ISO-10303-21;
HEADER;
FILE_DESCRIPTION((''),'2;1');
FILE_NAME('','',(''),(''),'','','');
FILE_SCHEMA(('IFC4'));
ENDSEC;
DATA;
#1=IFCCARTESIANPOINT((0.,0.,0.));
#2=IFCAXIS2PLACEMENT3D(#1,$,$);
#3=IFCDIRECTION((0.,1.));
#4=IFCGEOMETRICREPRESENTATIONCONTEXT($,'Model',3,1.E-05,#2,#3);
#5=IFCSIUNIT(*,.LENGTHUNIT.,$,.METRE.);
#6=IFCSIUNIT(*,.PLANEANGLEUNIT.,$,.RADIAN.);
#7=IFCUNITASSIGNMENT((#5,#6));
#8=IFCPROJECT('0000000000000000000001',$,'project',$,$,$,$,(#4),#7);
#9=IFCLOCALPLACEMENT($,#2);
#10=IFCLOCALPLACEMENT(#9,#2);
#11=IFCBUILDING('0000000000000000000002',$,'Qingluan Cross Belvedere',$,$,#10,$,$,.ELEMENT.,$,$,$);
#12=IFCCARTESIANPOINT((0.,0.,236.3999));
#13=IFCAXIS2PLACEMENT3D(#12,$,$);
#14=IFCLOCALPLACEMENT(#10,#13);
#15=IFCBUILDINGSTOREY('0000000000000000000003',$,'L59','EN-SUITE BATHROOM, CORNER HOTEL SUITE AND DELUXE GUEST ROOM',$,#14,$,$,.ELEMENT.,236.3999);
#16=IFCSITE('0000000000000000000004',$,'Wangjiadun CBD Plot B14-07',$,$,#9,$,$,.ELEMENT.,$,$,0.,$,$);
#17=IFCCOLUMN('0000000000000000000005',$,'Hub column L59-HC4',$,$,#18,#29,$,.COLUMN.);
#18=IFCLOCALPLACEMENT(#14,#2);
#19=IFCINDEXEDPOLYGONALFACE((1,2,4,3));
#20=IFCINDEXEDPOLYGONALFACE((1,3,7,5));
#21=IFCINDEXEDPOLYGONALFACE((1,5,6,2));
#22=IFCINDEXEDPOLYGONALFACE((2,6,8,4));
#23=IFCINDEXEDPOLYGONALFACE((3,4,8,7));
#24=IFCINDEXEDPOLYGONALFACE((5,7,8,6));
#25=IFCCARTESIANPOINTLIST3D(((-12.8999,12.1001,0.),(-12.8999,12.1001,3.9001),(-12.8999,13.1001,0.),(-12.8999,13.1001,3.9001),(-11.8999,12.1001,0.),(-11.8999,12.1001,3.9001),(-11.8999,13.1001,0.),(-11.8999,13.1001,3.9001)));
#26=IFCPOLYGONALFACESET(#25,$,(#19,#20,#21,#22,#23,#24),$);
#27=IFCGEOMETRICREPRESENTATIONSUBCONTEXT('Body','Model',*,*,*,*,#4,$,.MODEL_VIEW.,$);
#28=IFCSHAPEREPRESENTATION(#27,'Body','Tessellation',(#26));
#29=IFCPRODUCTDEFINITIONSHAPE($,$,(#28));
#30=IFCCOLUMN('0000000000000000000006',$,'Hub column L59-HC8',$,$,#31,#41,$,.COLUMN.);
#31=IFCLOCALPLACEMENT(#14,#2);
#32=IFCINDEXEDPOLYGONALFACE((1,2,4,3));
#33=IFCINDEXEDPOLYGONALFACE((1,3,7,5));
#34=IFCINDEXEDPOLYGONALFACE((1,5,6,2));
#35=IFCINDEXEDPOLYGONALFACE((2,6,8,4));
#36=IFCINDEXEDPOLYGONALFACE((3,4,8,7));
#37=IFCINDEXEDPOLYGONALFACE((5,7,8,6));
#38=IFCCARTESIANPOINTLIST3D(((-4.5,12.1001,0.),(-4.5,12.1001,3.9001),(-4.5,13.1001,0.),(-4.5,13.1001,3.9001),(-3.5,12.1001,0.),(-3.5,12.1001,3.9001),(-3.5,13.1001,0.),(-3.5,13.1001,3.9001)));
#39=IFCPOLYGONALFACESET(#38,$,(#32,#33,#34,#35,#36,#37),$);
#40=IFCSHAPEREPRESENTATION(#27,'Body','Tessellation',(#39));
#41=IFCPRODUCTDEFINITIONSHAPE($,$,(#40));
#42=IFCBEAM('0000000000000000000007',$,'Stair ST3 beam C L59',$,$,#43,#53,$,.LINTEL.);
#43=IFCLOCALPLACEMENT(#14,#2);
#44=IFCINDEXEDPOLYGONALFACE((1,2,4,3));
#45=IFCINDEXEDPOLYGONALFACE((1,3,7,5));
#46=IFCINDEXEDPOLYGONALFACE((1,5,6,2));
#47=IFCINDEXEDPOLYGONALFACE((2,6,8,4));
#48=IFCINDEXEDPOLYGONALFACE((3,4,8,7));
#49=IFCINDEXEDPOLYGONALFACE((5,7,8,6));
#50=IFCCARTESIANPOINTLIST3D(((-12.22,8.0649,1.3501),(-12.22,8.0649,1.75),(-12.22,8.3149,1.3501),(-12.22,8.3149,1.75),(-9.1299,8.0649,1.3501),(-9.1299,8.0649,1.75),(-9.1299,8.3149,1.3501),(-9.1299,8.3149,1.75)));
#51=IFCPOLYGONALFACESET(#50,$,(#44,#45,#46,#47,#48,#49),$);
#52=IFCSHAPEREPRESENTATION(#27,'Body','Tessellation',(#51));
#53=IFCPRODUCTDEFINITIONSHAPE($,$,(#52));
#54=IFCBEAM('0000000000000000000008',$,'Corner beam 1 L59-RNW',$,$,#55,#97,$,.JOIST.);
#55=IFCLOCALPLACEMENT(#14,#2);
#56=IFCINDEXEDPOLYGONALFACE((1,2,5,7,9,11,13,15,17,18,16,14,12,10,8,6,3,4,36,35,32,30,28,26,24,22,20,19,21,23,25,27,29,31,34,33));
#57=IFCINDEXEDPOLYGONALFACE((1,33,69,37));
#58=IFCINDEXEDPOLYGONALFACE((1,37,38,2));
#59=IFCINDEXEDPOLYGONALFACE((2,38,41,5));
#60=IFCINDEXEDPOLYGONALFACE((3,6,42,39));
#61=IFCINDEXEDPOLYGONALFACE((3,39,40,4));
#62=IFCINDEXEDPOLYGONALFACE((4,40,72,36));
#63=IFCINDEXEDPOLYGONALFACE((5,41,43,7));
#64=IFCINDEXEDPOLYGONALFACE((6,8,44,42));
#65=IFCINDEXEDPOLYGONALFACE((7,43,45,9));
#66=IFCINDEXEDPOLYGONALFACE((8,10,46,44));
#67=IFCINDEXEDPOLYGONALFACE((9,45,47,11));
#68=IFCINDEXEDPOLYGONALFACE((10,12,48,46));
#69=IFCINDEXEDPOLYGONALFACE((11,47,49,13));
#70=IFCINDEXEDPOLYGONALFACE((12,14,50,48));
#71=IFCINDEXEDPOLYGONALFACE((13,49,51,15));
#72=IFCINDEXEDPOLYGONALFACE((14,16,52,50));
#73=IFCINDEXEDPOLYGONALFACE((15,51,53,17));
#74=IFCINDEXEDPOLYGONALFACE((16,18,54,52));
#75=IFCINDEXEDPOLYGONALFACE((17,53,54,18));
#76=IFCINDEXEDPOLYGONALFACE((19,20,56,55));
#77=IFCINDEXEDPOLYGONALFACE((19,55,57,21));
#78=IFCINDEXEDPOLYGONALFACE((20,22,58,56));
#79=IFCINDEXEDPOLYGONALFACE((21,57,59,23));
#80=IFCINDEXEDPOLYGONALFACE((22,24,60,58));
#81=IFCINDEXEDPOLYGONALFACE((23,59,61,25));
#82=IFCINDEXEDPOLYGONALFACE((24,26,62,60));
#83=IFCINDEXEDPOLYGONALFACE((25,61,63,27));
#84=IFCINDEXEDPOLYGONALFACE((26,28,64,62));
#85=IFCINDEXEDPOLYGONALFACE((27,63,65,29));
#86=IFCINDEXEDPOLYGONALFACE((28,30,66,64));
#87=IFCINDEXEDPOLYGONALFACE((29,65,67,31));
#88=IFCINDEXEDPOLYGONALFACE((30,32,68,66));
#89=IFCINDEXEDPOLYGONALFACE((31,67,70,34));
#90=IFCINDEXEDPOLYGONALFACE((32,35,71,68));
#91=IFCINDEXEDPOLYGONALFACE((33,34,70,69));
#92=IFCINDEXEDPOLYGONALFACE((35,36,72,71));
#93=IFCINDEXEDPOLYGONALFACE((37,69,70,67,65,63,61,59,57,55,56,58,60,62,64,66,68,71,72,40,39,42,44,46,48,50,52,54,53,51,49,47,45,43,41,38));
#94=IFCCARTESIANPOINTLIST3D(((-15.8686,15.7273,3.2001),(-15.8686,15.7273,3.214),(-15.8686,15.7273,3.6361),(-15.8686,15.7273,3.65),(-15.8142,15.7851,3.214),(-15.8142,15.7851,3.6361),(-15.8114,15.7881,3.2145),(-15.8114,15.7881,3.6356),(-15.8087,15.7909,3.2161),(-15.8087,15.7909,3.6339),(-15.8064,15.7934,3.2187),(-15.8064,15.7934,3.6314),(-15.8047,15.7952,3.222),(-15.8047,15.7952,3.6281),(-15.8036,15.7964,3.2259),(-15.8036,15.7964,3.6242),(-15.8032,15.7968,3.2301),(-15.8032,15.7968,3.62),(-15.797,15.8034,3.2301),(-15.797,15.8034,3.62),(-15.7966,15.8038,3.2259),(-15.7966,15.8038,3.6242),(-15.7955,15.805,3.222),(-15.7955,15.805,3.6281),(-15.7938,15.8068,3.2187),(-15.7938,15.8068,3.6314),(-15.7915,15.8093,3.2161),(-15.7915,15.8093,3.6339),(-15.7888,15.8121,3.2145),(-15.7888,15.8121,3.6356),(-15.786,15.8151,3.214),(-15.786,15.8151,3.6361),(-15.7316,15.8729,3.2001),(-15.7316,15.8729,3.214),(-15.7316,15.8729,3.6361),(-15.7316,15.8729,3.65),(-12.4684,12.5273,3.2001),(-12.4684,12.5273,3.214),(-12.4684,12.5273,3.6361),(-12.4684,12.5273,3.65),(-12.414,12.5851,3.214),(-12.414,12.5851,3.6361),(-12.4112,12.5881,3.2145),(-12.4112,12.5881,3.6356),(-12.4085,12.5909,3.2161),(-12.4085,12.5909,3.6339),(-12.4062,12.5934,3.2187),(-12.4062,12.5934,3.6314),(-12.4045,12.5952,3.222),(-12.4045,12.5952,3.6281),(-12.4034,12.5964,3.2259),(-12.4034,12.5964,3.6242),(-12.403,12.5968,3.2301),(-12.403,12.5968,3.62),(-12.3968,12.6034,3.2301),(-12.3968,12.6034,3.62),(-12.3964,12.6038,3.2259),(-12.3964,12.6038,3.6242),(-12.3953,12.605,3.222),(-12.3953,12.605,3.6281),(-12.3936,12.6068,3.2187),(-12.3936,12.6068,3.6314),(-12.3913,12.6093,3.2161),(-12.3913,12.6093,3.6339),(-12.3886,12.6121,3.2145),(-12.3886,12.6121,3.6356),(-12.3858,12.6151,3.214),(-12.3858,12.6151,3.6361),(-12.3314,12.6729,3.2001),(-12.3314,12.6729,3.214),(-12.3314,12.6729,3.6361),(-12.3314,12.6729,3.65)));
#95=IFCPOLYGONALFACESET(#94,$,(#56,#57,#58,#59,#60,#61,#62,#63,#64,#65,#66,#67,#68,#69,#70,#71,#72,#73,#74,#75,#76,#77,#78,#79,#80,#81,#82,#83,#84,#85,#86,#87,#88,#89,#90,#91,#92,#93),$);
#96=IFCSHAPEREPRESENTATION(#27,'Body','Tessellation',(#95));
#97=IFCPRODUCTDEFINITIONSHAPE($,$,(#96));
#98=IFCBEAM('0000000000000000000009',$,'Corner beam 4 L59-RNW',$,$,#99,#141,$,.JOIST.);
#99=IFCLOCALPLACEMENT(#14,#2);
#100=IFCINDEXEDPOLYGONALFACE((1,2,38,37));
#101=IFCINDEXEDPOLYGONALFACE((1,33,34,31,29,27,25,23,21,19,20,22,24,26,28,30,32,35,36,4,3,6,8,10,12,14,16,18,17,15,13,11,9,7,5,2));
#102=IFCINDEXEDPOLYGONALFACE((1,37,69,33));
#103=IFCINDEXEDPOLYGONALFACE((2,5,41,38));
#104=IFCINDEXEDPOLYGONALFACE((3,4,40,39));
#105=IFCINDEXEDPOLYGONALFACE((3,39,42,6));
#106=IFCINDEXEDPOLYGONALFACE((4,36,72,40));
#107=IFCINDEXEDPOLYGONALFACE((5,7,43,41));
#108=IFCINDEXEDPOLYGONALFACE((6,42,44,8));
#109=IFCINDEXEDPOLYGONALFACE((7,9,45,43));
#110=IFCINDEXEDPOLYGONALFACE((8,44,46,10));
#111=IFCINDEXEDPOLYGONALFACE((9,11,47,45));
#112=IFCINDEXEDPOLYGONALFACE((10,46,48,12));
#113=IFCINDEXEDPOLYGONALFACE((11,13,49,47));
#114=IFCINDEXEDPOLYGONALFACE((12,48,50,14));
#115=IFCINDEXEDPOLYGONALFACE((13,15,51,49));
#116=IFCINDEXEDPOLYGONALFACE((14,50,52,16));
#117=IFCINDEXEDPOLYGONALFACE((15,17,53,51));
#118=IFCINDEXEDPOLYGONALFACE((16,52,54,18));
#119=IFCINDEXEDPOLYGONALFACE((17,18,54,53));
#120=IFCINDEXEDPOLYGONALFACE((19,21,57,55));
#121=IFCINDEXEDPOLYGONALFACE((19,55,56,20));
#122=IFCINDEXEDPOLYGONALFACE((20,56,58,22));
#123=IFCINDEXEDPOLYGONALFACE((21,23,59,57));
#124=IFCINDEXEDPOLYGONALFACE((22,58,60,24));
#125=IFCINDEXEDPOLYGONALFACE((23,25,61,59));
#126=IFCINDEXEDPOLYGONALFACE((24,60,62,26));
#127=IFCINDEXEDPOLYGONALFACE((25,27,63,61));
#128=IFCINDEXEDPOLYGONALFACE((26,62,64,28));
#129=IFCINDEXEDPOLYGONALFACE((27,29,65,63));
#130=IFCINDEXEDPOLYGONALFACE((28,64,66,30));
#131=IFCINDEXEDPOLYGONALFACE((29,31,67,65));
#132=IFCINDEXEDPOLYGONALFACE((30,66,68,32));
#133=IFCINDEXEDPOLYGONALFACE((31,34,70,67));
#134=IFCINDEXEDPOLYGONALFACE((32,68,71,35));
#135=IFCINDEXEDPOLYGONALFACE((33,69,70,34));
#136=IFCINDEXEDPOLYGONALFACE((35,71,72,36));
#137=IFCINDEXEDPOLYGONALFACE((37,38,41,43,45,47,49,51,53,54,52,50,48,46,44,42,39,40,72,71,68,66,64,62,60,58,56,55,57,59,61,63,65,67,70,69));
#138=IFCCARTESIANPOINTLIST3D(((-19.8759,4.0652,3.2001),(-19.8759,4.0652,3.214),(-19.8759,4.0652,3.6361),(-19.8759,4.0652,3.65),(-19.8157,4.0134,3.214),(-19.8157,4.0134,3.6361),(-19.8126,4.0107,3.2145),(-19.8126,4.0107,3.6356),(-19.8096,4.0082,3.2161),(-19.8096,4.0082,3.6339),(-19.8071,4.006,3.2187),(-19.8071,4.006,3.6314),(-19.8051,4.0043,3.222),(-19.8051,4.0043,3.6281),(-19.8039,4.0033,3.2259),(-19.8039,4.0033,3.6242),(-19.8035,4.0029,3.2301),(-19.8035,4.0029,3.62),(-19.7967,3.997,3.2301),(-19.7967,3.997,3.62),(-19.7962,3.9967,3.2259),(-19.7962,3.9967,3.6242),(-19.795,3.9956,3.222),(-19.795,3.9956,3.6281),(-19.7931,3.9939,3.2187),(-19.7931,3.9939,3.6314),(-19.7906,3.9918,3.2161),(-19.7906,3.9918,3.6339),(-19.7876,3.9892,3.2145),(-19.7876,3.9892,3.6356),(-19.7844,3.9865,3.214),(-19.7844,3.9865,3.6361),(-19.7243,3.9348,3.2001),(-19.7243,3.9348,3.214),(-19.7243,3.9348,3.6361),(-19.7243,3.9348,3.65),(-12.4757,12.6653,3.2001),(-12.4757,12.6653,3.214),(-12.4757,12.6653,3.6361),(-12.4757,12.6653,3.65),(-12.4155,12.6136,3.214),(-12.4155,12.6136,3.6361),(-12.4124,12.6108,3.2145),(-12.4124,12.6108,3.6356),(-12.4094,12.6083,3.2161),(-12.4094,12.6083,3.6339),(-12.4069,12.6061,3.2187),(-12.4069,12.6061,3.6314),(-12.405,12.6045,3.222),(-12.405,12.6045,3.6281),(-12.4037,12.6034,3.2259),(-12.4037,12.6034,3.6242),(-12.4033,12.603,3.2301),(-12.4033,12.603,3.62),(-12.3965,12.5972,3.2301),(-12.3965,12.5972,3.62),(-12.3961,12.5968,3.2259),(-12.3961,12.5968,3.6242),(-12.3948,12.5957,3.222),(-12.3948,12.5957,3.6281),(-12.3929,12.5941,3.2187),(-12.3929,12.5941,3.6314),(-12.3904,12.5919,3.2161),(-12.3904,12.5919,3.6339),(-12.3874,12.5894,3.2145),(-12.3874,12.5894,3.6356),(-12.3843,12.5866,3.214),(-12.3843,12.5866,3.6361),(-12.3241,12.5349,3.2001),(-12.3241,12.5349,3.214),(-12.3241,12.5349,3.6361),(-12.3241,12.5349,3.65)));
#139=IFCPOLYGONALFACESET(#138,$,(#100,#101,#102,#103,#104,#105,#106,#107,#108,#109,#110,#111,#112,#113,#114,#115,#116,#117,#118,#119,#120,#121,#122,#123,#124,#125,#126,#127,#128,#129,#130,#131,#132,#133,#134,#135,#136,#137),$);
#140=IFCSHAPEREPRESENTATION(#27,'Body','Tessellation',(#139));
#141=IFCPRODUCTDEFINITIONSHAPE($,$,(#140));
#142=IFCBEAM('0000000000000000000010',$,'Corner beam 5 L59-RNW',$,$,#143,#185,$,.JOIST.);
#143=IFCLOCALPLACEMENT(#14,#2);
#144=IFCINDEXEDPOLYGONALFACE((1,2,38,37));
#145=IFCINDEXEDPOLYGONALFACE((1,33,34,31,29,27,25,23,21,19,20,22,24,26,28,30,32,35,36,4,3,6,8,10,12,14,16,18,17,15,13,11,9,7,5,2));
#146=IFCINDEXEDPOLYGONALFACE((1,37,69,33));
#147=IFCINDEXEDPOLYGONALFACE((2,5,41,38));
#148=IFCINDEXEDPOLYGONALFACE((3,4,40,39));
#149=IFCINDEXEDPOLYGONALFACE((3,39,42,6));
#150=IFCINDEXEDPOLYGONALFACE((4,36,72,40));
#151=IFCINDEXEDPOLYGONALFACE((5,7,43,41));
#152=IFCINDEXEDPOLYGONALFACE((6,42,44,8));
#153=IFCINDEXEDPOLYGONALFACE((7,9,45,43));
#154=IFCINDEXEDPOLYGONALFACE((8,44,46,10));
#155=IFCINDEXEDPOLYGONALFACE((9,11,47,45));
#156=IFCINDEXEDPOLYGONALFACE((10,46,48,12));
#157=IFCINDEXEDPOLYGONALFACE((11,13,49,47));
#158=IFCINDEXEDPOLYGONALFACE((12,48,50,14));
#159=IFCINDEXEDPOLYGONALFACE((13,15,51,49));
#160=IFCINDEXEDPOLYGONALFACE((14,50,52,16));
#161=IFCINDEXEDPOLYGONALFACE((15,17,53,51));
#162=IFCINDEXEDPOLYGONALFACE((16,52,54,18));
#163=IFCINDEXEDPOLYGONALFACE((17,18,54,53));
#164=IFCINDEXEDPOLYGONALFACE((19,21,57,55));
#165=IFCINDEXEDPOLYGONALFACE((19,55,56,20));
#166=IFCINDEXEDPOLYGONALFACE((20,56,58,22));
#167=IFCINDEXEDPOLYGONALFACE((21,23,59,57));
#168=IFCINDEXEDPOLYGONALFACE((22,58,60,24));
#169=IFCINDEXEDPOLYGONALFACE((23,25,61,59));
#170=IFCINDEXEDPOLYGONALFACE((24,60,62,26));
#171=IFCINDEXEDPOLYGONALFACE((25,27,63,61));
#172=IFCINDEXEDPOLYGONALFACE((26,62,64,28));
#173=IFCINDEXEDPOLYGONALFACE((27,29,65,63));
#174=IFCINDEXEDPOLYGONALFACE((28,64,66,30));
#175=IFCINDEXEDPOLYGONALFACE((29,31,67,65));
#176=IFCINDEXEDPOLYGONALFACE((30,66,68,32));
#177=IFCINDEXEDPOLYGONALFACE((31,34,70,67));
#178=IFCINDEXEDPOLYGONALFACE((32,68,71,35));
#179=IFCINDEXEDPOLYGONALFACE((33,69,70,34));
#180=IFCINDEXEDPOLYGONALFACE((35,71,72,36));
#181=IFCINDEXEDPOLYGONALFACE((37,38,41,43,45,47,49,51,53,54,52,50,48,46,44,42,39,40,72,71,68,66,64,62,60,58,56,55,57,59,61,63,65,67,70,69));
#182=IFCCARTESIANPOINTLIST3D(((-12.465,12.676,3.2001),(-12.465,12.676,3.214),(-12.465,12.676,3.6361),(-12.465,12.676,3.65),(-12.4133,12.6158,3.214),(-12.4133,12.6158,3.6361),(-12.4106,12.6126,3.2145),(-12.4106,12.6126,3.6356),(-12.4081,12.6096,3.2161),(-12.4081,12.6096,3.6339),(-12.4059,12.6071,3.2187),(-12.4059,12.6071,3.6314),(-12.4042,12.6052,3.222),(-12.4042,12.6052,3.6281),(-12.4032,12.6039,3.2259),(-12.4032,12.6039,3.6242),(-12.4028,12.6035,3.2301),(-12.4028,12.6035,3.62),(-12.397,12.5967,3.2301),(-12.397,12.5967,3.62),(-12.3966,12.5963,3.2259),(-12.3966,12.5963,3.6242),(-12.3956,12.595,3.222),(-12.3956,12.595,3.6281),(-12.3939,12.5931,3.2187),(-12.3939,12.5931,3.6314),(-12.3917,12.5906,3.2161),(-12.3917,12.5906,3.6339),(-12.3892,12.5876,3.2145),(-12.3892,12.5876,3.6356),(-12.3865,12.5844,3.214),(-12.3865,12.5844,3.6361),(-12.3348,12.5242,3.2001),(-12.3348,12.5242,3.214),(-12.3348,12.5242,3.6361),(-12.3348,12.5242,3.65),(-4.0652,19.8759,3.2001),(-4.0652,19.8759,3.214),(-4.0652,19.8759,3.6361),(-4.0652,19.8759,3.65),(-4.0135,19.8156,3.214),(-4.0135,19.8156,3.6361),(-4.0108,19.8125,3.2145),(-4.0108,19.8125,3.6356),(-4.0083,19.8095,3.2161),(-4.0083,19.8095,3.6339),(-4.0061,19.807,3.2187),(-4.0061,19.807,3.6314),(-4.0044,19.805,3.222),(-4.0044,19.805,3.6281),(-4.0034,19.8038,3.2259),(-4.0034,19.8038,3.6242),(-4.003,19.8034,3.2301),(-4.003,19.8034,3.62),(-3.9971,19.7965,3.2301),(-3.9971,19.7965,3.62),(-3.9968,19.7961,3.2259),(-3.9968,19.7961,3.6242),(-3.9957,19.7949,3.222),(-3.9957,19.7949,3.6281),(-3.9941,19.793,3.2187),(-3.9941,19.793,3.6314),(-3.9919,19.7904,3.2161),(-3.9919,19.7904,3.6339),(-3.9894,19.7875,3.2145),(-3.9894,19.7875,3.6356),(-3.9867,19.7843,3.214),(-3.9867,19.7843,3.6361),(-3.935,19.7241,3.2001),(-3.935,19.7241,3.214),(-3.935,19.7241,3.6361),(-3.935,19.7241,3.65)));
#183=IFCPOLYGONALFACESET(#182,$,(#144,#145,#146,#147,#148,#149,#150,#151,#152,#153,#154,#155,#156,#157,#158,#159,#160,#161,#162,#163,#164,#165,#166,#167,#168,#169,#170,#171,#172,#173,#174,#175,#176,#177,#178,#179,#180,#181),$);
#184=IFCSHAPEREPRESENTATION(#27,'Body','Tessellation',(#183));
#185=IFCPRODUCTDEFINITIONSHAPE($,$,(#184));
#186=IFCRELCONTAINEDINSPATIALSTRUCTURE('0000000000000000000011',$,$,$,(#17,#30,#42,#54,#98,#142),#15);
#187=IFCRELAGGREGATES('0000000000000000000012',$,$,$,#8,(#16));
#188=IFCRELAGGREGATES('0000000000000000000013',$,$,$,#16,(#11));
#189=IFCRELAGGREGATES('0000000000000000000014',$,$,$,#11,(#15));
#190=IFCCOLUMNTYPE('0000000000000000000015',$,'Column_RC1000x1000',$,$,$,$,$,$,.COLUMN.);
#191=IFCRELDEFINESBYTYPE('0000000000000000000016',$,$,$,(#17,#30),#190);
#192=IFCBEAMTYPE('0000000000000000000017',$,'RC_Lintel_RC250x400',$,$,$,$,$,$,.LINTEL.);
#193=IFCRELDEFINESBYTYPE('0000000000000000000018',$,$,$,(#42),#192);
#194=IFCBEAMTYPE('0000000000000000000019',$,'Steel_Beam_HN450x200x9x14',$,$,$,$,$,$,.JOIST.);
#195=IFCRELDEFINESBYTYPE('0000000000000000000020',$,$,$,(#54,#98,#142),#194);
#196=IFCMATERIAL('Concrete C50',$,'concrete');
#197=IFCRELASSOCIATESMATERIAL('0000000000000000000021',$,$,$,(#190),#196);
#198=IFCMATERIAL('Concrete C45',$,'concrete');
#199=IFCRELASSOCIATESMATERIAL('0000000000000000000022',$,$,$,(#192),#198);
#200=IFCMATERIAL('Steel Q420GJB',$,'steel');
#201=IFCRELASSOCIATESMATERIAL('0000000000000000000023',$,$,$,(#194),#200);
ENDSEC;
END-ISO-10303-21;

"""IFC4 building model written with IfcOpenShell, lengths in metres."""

from ifc_helpers import new_model, si_unit, direction, frame, origin, origin_2d, place, context, subcontext, project, spatial, rectangle, i_section, extrude, material, material_profile, profile_set, type_object, element, save


model = new_model("IFC4")

# Units and contexts
model_context = context("Model", 3, precision=1e-05, world=origin(), true_north=direction((0.0, 1.0)))
body_context = subcontext(model_context, "Body", "Model", "MODEL_VIEW")
ifc_project = project(units=[si_unit("LENGTHUNIT", "METRE"), si_unit("PLANEANGLEUNIT", "RADIAN")], contexts=[model_context])

# Site, building, storey
site_placement = place(None, origin())
site = spatial("IfcSite", under=ifc_project, at=site_placement, Name="Wangjiadun CBD Plot B14-07", CompositionType="ELEMENT", RefElevation=0.0)
building_placement = place(site_placement, origin())
building = spatial("IfcBuilding", under=site, at=building_placement, Name="Qingluan Cross Belvedere", CompositionType="ELEMENT")
storey_placement = place(building_placement, frame((0.0, 0.0, 236.3999)))
storey = spatial("IfcBuildingStorey", under=building, at=storey_placement, Name="L59", Description="EN-SUITE BATHROOM, CORNER HOTEL SUITE AND DELUXE GUEST ROOM", CompositionType="ELEMENT", Elevation=236.3999)

# Columns
ifc_material_1 = material(Name="Concrete C50", Category="concrete")
ifc_material_profile_1 = material_profile(ifc_material_1, rectangle(XDim=1.0, YDim=1.0, at=origin_2d()), Name="RC1000x1000")
ifc_profile_set_1 = profile_set([ifc_material_profile_1], Name="Concrete C50")
column_type = type_object("IfcColumnType", Name="Column_RC1000x1000", PredefinedType="COLUMN", material=ifc_profile_set_1)
for number, where, z_axis, x_axis, name in (
    (1, (-12.3999, 12.6001, 0.0), (0.0, 0.0, 1.0), (1.0, 0.0, 0.0), "Hub column L59-HC4"),
    (2, (-4.0, 12.6001, 0.0), (0.0, 0.0, 1.0), (1.0, 0.0, 0.0), "Hub column L59-HC8"),
):
    element("IfcColumn", number, at=place(storey_placement, frame(where, z_axis=z_axis, x_axis=x_axis)), inside=storey, type_object=column_type, Name=name, PredefinedType="COLUMN", context=body_context, shape_type="SweptSolid", body=[
        extrude(rectangle(XDim=1.0, YDim=1.0, at=origin_2d()), origin(), (0.0, 0.0, 1.0), 3.9001),
    ])

# Beams
ifc_material_2 = material(Name="Concrete C45", Category="concrete")
ifc_material_profile_2 = material_profile(ifc_material_2, rectangle(XDim=0.25, YDim=0.3999, at=origin_2d()), Name="RC250x400")
ifc_profile_set_2 = profile_set([ifc_material_profile_2], Name="Concrete C45")
beam_type_1 = type_object("IfcBeamType", Name="RC_Lintel_RC250x400", PredefinedType="LINTEL", material=ifc_profile_set_2)
beam_1_placement = place(storey_placement, frame((-12.22, 8.1899, 1.55), z_axis=(1.0, 0.0, 0.0), x_axis=(0.0, 1.0, 0.0)))
element("IfcBeam", 3, at=beam_1_placement, inside=storey, type_object=beam_type_1, Name="Stair ST3 beam C L59", PredefinedType="LINTEL", context=body_context, shape_type="SweptSolid", body=[
    extrude(rectangle(XDim=0.25, YDim=0.3999, at=origin_2d()), origin(), (0.0, 0.0, 1.0), 3.0901),
])
ifc_material_3 = material(Name="Steel Q420GJB", Category="steel")
ifc_material_profile_3 = material_profile(ifc_material_3, i_section(OverallWidth=0.2, OverallDepth=0.45, WebThickness=0.009, FlangeThickness=0.0139, FilletRadius=0.0161, at=origin_2d()), Name="HN450x200x9x14")
ifc_profile_set_3 = profile_set([ifc_material_profile_3], Name="Steel Q420GJB")
beam_type_2 = type_object("IfcBeamType", Name="Steel_Beam_HN450x200x9x14", PredefinedType="JOIST", material=ifc_profile_set_3)
beam_2_placement = place(storey_placement, frame((-12.3999, 12.6001, 3.425), z_axis=(-0.72822, 0.685343, 0.0), x_axis=(-0.685343, -0.72822, 0.0)))
element("IfcBeam", 4, at=beam_2_placement, inside=storey, type_object=beam_type_2, Name="Corner beam 1 L59-RNW", PredefinedType="JOIST", context=body_context, shape_type="SweptSolid", body=[
    extrude(i_section(OverallWidth=0.2, OverallDepth=0.45, WebThickness=0.009, FlangeThickness=0.0139, FilletRadius=0.0161, at=origin_2d()), origin(), (0.0, 0.0, 1.0), 4.6692),
])
beam_3_placement = place(storey_placement, frame((-12.3999, 12.6001, 3.425), z_axis=(-0.652245, -0.758008, 0.0), x_axis=(0.758008, -0.652245, 0.0)))
element("IfcBeam", 5, at=beam_3_placement, inside=storey, type_object=beam_type_2, Name="Corner beam 4 L59-RNW", PredefinedType="JOIST", context=body_context, shape_type="SweptSolid", body=[
    extrude(i_section(OverallWidth=0.2, OverallDepth=0.45, WebThickness=0.009, FlangeThickness=0.0139, FilletRadius=0.0161, at=origin_2d()), origin(), (0.0, 0.0, 1.0), 11.3457),
])
beam_4_placement = place(storey_placement, frame((-12.3999, 12.6001, 3.425), z_axis=(0.759255, 0.650793, 0.0), x_axis=(-0.650793, 0.759255, 0.0)))
element("IfcBeam", 6, at=beam_4_placement, inside=storey, type_object=beam_type_2, Name="Corner beam 5 L59-RNW", PredefinedType="JOIST", context=body_context, shape_type="SweptSolid", body=[
    extrude(i_section(OverallWidth=0.2, OverallDepth=0.45, WebThickness=0.009, FlangeThickness=0.0139, FilletRadius=0.0161, at=origin_2d()), origin(), (0.0, 0.0, 1.0), 11.0632),
])

save(model, "model.ifc")
